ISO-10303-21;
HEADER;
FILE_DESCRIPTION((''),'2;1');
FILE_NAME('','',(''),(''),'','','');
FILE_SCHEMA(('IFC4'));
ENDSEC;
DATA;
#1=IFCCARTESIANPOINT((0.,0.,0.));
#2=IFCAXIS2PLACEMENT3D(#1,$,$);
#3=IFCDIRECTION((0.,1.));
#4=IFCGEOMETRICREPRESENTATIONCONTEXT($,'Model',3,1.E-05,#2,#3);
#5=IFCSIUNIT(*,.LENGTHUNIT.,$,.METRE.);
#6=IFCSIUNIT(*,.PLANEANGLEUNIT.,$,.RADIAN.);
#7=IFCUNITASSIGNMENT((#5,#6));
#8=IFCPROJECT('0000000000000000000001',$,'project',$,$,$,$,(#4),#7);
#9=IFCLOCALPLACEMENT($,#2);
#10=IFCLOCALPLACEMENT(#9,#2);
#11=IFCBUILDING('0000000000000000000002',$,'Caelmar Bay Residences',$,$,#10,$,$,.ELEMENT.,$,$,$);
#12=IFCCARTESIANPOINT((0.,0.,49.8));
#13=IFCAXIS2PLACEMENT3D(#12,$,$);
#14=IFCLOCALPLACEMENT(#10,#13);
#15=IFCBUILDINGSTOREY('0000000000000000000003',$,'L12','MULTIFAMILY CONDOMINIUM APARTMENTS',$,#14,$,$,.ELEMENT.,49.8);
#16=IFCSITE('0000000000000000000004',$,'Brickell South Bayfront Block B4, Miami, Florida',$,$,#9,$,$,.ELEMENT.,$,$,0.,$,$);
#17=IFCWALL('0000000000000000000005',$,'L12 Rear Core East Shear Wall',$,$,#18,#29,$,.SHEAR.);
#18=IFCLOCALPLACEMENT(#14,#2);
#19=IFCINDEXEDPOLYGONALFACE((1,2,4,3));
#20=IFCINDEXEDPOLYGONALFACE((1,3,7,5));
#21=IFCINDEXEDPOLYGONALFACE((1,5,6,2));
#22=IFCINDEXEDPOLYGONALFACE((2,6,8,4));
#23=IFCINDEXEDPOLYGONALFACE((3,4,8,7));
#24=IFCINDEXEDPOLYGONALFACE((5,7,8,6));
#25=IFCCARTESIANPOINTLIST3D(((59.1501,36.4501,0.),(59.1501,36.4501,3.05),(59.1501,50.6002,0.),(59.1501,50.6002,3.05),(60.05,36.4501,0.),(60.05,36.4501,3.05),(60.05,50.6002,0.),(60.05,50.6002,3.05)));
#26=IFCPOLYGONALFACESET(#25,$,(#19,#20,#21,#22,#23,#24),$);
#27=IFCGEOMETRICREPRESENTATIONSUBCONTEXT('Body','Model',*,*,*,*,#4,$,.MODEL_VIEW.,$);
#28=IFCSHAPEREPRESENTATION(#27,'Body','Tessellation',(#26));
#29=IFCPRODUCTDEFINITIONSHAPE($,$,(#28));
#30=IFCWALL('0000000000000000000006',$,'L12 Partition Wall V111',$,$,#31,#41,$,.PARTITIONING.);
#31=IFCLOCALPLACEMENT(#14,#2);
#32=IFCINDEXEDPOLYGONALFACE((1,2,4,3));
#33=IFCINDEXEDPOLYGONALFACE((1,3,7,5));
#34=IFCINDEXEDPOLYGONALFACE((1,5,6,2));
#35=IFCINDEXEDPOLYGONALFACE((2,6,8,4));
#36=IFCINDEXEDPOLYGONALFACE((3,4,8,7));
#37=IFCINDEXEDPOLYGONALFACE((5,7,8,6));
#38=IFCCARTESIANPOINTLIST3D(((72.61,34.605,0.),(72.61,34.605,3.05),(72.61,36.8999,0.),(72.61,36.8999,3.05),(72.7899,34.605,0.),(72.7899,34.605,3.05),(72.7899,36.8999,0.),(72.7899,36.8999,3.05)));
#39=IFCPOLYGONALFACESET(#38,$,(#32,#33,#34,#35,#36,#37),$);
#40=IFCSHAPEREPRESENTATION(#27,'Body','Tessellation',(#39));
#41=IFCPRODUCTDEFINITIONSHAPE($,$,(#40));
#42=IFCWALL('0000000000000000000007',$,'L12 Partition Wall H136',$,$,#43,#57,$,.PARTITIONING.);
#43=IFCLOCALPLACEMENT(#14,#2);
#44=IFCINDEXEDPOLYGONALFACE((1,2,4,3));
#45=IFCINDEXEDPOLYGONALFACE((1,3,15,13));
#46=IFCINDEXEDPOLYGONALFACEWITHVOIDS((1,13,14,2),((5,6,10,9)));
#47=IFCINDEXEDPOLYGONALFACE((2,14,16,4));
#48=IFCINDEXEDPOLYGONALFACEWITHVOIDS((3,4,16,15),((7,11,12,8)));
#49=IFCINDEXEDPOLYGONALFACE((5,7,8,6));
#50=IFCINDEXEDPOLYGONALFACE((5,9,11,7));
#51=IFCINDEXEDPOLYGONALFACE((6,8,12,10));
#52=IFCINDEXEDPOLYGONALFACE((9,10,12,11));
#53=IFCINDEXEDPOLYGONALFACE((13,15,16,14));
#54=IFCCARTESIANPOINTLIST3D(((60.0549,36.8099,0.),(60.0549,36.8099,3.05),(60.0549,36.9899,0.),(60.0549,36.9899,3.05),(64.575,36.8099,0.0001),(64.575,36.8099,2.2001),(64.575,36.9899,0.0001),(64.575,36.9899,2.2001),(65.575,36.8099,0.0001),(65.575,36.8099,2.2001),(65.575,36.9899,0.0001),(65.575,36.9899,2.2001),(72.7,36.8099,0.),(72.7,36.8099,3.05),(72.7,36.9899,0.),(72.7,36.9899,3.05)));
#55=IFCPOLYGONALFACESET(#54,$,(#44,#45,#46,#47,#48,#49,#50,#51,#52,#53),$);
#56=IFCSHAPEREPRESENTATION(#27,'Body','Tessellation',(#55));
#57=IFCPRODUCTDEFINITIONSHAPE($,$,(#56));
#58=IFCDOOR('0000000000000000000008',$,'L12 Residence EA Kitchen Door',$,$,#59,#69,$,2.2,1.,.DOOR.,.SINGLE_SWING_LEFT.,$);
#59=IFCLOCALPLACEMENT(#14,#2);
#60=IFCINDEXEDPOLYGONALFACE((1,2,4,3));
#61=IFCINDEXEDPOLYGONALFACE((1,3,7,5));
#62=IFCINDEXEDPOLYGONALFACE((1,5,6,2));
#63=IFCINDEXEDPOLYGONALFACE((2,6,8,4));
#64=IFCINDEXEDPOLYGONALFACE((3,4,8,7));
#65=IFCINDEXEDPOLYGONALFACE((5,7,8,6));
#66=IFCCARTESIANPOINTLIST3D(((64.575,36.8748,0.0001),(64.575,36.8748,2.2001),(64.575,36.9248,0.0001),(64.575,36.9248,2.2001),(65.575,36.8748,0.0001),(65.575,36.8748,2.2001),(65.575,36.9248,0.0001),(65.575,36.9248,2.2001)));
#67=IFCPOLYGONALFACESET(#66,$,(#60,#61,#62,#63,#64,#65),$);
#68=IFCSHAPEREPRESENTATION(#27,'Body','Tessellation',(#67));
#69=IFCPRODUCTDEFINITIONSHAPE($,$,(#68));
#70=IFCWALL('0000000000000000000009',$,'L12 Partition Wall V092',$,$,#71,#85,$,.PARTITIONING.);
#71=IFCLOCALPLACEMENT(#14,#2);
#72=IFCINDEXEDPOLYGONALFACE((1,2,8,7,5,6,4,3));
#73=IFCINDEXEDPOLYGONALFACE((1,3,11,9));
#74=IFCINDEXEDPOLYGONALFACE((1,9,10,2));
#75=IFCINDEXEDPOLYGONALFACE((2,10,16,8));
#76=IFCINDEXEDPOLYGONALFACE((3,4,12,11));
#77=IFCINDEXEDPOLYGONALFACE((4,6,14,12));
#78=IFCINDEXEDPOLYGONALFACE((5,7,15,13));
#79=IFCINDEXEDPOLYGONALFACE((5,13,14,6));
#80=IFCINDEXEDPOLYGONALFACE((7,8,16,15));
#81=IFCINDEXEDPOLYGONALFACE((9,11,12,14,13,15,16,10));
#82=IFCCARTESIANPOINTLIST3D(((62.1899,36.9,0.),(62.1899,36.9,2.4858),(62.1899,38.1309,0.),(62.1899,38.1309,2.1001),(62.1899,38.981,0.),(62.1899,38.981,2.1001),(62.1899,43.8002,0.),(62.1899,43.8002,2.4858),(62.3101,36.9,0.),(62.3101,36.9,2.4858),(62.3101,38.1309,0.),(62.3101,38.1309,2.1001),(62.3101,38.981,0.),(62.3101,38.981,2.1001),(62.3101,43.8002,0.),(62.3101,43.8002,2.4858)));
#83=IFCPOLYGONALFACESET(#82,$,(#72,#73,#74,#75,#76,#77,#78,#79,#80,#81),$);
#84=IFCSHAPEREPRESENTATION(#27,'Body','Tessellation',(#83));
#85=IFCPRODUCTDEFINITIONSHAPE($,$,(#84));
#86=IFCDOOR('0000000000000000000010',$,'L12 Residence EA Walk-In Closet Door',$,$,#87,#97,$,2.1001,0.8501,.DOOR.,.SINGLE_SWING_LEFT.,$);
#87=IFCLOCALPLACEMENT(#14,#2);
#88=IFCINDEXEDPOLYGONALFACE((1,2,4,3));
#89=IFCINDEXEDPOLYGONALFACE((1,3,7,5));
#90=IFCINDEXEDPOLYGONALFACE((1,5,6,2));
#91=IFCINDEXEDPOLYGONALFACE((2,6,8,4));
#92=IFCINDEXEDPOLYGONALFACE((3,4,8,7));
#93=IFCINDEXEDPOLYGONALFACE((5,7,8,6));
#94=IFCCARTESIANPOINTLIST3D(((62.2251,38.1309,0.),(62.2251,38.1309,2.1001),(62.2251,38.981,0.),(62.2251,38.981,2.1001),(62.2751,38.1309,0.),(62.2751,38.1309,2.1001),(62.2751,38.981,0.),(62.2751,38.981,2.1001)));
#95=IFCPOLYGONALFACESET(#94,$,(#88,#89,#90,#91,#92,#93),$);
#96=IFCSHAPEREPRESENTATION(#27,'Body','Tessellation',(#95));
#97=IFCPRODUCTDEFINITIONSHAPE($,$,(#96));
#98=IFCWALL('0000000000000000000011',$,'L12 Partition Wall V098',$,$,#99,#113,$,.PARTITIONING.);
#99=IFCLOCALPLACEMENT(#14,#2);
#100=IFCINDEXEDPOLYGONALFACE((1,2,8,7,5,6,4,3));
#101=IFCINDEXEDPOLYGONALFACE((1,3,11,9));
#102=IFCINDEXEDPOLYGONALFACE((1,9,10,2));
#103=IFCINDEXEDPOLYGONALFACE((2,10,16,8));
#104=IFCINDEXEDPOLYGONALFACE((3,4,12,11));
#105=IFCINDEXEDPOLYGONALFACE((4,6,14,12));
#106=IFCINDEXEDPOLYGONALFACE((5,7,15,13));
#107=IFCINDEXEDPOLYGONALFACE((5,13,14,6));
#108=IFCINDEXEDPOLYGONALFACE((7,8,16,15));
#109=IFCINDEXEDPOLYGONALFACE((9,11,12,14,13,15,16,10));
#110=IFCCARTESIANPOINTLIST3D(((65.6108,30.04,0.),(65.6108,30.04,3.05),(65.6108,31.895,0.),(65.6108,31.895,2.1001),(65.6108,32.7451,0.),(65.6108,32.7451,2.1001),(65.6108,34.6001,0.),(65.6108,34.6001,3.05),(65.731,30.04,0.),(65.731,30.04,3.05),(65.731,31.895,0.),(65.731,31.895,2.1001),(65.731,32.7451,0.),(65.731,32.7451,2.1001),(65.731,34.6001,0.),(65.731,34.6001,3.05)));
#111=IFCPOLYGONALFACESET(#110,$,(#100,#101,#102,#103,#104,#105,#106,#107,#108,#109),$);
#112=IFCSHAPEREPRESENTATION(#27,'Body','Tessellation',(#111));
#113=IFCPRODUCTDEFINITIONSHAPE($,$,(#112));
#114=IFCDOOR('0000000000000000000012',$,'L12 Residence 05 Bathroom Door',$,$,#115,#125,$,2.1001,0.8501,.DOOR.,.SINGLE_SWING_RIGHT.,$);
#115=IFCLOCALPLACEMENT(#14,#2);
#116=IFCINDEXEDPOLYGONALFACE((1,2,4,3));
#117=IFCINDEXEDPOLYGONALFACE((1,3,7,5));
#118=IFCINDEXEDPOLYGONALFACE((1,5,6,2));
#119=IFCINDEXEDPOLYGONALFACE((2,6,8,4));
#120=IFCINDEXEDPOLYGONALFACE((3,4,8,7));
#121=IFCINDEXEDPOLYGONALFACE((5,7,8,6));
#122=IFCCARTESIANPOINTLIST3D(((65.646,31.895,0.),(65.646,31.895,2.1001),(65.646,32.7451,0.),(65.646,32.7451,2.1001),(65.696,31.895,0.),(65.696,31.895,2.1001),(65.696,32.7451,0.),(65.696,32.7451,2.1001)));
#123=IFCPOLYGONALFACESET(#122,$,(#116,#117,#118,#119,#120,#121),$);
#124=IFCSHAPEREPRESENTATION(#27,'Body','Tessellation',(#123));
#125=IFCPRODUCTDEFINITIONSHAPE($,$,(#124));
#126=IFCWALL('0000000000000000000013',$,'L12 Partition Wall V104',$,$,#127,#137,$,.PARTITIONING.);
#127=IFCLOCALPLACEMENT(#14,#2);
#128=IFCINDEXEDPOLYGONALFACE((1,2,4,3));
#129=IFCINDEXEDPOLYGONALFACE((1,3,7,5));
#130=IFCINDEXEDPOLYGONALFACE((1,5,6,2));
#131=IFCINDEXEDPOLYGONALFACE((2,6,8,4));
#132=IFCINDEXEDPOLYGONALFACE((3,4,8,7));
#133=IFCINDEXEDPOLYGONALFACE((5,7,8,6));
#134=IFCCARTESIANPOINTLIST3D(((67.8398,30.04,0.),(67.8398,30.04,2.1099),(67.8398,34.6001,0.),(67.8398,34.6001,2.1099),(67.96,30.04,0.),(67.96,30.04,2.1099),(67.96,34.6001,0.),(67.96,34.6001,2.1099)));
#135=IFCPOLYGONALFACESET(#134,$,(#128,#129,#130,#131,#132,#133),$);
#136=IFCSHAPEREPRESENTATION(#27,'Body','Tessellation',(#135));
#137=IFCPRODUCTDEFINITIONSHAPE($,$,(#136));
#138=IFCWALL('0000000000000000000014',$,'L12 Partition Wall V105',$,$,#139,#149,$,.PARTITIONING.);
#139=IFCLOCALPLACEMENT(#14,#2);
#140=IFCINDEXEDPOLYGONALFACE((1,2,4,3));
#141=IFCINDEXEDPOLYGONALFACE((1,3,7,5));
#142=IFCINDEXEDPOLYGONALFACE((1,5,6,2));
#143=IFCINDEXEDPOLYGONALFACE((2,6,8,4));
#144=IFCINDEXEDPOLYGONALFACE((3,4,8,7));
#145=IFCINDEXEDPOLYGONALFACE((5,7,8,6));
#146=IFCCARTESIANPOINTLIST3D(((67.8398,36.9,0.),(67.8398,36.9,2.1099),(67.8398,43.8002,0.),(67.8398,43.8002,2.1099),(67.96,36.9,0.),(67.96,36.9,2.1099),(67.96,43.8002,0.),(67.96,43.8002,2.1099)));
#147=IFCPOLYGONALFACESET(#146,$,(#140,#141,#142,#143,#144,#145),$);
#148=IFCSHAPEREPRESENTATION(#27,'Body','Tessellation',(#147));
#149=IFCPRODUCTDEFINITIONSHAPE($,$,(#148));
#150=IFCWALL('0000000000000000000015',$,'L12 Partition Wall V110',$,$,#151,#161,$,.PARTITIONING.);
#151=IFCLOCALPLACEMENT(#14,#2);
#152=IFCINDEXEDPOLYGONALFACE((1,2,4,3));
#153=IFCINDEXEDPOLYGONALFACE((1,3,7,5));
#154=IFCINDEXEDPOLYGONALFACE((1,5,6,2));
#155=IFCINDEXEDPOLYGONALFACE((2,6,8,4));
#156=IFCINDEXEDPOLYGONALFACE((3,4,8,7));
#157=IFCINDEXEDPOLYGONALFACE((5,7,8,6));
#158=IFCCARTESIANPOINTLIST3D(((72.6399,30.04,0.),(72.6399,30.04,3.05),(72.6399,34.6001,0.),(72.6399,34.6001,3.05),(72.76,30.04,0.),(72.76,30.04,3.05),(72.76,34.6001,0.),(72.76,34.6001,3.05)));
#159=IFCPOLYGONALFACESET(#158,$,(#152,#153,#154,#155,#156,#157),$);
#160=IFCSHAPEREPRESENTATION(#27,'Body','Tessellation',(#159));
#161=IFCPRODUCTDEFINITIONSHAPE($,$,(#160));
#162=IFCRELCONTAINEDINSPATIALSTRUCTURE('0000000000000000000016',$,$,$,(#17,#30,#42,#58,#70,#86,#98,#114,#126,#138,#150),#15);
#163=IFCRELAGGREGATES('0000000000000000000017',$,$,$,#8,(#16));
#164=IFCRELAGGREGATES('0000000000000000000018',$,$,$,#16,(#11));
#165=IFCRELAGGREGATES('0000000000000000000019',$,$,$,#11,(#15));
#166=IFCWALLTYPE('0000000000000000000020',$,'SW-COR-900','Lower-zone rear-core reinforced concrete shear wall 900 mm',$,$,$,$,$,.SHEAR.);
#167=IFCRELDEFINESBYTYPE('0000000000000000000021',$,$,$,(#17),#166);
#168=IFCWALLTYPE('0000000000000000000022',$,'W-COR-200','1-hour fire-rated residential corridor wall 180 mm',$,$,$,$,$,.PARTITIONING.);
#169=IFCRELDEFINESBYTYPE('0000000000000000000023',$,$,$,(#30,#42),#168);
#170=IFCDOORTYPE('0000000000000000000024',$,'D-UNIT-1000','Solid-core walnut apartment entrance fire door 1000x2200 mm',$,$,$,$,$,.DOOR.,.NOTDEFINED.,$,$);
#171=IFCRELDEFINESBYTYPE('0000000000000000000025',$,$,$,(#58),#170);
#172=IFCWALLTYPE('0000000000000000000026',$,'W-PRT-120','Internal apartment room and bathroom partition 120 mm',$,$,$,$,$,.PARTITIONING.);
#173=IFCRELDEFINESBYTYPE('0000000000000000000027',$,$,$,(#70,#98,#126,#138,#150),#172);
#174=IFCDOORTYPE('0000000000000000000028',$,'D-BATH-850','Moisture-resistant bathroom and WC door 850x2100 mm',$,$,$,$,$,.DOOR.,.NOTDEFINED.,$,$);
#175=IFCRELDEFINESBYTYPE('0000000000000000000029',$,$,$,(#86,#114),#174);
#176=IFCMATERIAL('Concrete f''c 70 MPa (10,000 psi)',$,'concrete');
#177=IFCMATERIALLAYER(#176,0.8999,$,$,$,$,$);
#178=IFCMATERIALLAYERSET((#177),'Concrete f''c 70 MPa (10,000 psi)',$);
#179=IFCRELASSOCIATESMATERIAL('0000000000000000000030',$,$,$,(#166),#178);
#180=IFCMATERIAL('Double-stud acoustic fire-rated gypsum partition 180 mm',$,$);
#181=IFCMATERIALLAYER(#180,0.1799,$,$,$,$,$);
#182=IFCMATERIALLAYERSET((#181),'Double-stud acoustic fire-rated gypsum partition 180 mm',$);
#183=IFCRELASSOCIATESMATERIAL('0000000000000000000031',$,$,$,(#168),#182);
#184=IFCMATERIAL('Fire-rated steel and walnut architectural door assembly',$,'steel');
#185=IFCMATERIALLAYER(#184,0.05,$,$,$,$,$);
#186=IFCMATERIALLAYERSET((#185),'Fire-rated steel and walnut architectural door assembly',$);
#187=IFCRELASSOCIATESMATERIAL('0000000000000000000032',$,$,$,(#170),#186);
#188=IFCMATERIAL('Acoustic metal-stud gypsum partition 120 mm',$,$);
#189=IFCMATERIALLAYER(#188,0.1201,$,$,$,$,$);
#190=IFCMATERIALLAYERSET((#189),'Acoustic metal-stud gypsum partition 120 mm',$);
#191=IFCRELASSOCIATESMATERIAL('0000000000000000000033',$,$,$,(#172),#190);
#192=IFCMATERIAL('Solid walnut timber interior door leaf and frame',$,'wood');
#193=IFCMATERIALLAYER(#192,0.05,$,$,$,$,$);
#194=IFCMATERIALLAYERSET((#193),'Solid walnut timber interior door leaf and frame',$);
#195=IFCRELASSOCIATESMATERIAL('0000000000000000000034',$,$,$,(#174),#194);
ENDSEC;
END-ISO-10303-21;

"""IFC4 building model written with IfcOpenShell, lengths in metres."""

from ifc_helpers import new_model, si_unit, direction, frame, frame_2d, origin, place, context, subcontext, project, spatial, rectangle, extrude, material, layer, layer_set, type_object, element, fill, save


model = new_model("IFC4")

# Units and contexts
model_context = context("Model", 3, precision=1e-05, world=origin(), true_north=direction((0.0, 1.0)))
body_context = subcontext(model_context, "Body", "Model", "MODEL_VIEW")
ifc_project = project(units=[si_unit("LENGTHUNIT", "METRE"), si_unit("PLANEANGLEUNIT", "RADIAN")], contexts=[model_context])

# Site, building, storey
site_placement = place(None, origin())
site = spatial("IfcSite", under=ifc_project, at=site_placement, Name="Brickell South Bayfront Block B4, Miami, Florida", CompositionType="ELEMENT", RefElevation=0.0)
building_placement = place(site_placement, origin())
building = spatial("IfcBuilding", under=site, at=building_placement, Name="Caelmar Bay Residences", CompositionType="ELEMENT")
storey_placement = place(building_placement, frame((0.0, 0.0, 49.8)))
storey = spatial("IfcBuildingStorey", under=building, at=storey_placement, Name="L12", Description="MULTIFAMILY CONDOMINIUM APARTMENTS", CompositionType="ELEMENT", Elevation=49.8)

# Walls
ifc_material_1 = material(Name="Concrete f'c 70 MPa (10,000 psi)", Category="concrete")
ifc_layer_1 = layer(ifc_material_1, 0.8999)
ifc_layer_set_1 = layer_set([ifc_layer_1], Name="Concrete f'c 70 MPa (10,000 psi)")
wall_type_1 = type_object("IfcWallType", Name="SW-COR-900", Description="Lower-zone rear-core reinforced concrete shear wall 900 mm", PredefinedType="SHEAR", material=ifc_layer_set_1)
wall_1_placement = place(storey_placement, frame((59.6001, 36.45, 0.0), z_axis=(0.0, 0.0, 1.0), x_axis=(0.0, 1.0, 0.0)))
element("IfcWall", 1, at=wall_1_placement, inside=storey, type_object=wall_type_1, Name="L12 Rear Core East Shear Wall", PredefinedType="SHEAR", context=body_context, shape_type="SweptSolid", body=[
    extrude(rectangle(XDim=14.1501, YDim=0.8999, at=frame_2d((7.0752, 0.0))), origin(), (0.0, 0.0, 1.0), 3.05),
])
ifc_material_2 = material(Name="Double-stud acoustic fire-rated gypsum partition 180 mm")
ifc_layer_2 = layer(ifc_material_2, 0.1799)
ifc_layer_set_2 = layer_set([ifc_layer_2], Name="Double-stud acoustic fire-rated gypsum partition 180 mm")
wall_type_2 = type_object("IfcWallType", Name="W-COR-200", Description="1-hour fire-rated residential corridor wall 180 mm", PredefinedType="PARTITIONING", material=ifc_layer_set_2)
wall_2_placement = place(storey_placement, frame((72.7, 34.605, 0.0), z_axis=(0.0, 0.0, 1.0), x_axis=(0.0, 1.0, 0.0)))
element("IfcWall", 2, at=wall_2_placement, inside=storey, type_object=wall_type_2, Name="L12 Partition Wall V111", PredefinedType="PARTITIONING", context=body_context, shape_type="SweptSolid", body=[
    extrude(rectangle(XDim=2.2949, YDim=0.1799, at=frame_2d((1.1475, 0.0))), origin(), (0.0, 0.0, 1.0), 3.05),
])

# Walls, openings, doors
wall_3_placement = place(storey_placement, frame((60.0549, 36.8999, 0.0), z_axis=(0.0, 0.0, 1.0), x_axis=(1.0, 0.0, 0.0)))
wall_3 = element("IfcWall", 3, at=wall_3_placement, inside=storey, type_object=wall_type_2, Name="L12 Partition Wall H136", PredefinedType="PARTITIONING", context=body_context, shape_type="SweptSolid", body=[
    extrude(rectangle(XDim=12.645, YDim=0.1799, at=frame_2d((6.3225, 0.0))), origin(), (0.0, 0.0, 1.0), 3.05),
])
opening_1_placement = place(wall_3_placement, frame((4.52, 0.0, 0.0)))
opening_1 = element("IfcOpeningElement", 4, at=opening_1_placement, cuts=wall_3, PredefinedType="OPENING", context=body_context, shape_type="SweptSolid", body=[
    extrude(rectangle(XDim=1.0, YDim=2.2, at=frame_2d((0.5, 1.1001))), frame((0.0, 0.0999, 0.0), z_axis=(0.0, -1.0, 0.0), x_axis=(1.0, 0.0, 0.0)), (0.0, 0.0, 1.0), 0.2),
])
ifc_material_3 = material(Name="Fire-rated steel and walnut architectural door assembly", Category="steel")
ifc_layer_3 = layer(ifc_material_3, 0.05)
ifc_layer_set_3 = layer_set([ifc_layer_3], Name="Fire-rated steel and walnut architectural door assembly")
door_type_1 = type_object("IfcDoorType", Name="D-UNIT-1000", Description="Solid-core walnut apartment entrance fire door 1000x2200 mm", OperationType="NOTDEFINED", PredefinedType="DOOR", material=ifc_layer_set_3)
door_1_placement = place(opening_1_placement, origin())
door_1 = element("IfcDoor", 5, at=door_1_placement, inside=storey, type_object=door_type_1, Name="L12 Residence EA Kitchen Door", OperationType="SINGLE_SWING_LEFT", OverallHeight=2.2, OverallWidth=1.0, PredefinedType="DOOR", context=body_context, shape_type="SweptSolid", body=[
    extrude(rectangle(XDim=1.0, YDim=2.2, at=frame_2d((0.5, 1.1001))), frame((0.0, 0.0249, 0.0), z_axis=(0.0, -1.0, 0.0), x_axis=(1.0, 0.0, 0.0)), (0.0, 0.0, 1.0), 0.05),
])
fill(opening_1, door_1)
ifc_material_4 = material(Name="Acoustic metal-stud gypsum partition 120 mm")
ifc_layer_4 = layer(ifc_material_4, 0.1201)
ifc_layer_set_4 = layer_set([ifc_layer_4], Name="Acoustic metal-stud gypsum partition 120 mm")
wall_type_3 = type_object("IfcWallType", Name="W-PRT-120", Description="Internal apartment room and bathroom partition 120 mm", PredefinedType="PARTITIONING", material=ifc_layer_set_4)
wall_4_placement = place(storey_placement, frame((62.25, 36.8999, 0.0), z_axis=(0.0, 0.0, 1.0), x_axis=(0.0, 1.0, 0.0)))
wall_4 = element("IfcWall", 6, at=wall_4_placement, inside=storey, type_object=wall_type_3, Name="L12 Partition Wall V092", PredefinedType="PARTITIONING", context=body_context, shape_type="SweptSolid", body=[
    extrude(rectangle(XDim=6.9001, YDim=0.1201, at=frame_2d((3.4502, 0.0))), origin(), (0.0, 0.0, 1.0), 2.4858),
])
opening_2_placement = place(wall_4_placement, frame((1.231, 0.0, 0.0)))
opening_2 = element("IfcOpeningElement", 7, at=opening_2_placement, cuts=wall_4, PredefinedType="OPENING", context=body_context, shape_type="SweptSolid", body=[
    extrude(rectangle(XDim=0.8501, YDim=2.1001, at=frame_2d((0.425, 1.05))), frame((0.0, 0.0701, 0.0), z_axis=(0.0, -1.0, 0.0), x_axis=(1.0, 0.0, 0.0)), (0.0, 0.0, 1.0), 0.1401),
])
ifc_material_5 = material(Name="Solid walnut timber interior door leaf and frame", Category="wood")
ifc_layer_5 = layer(ifc_material_5, 0.05)
ifc_layer_set_5 = layer_set([ifc_layer_5], Name="Solid walnut timber interior door leaf and frame")
door_type_2 = type_object("IfcDoorType", Name="D-BATH-850", Description="Moisture-resistant bathroom and WC door 850x2100 mm", OperationType="NOTDEFINED", PredefinedType="DOOR", material=ifc_layer_set_5)
door_2_placement = place(opening_2_placement, origin())
door_2 = element("IfcDoor", 8, at=door_2_placement, inside=storey, type_object=door_type_2, Name="L12 Residence EA Walk-In Closet Door", OperationType="SINGLE_SWING_LEFT", OverallHeight=2.1001, OverallWidth=0.8501, PredefinedType="DOOR", context=body_context, shape_type="SweptSolid", body=[
    extrude(rectangle(XDim=0.8501, YDim=2.1001, at=frame_2d((0.425, 1.05))), frame((0.0, 0.0249, 0.0), z_axis=(0.0, -1.0, 0.0), x_axis=(1.0, 0.0, 0.0)), (0.0, 0.0, 1.0), 0.05),
])
fill(opening_2, door_2)
wall_5_placement = place(storey_placement, frame((65.6709, 30.04, 0.0), z_axis=(0.0, 0.0, 1.0), x_axis=(0.0, 1.0, 0.0)))
wall_5 = element("IfcWall", 9, at=wall_5_placement, inside=storey, type_object=wall_type_3, Name="L12 Partition Wall V098", PredefinedType="PARTITIONING", context=body_context, shape_type="SweptSolid", body=[
    extrude(rectangle(XDim=4.5601, YDim=0.1201, at=frame_2d((2.28, 0.0))), origin(), (0.0, 0.0, 1.0), 3.05),
])
opening_3_placement = place(wall_5_placement, frame((1.855, 0.0, 0.0)))
opening_3 = element("IfcOpeningElement", 10, at=opening_3_placement, cuts=wall_5, PredefinedType="OPENING", context=body_context, shape_type="SweptSolid", body=[
    extrude(rectangle(XDim=0.8501, YDim=2.1001, at=frame_2d((0.425, 1.05))), frame((0.0, 0.0701, 0.0), z_axis=(0.0, -1.0, 0.0), x_axis=(1.0, 0.0, 0.0)), (0.0, 0.0, 1.0), 0.1401),
])
door_3_placement = place(opening_3_placement, origin())
door_3 = element("IfcDoor", 11, at=door_3_placement, inside=storey, type_object=door_type_2, Name="L12 Residence 05 Bathroom Door", OperationType="SINGLE_SWING_RIGHT", OverallHeight=2.1001, OverallWidth=0.8501, PredefinedType="DOOR", context=body_context, shape_type="SweptSolid", body=[
    extrude(rectangle(XDim=0.8501, YDim=2.1001, at=frame_2d((0.425, 1.05))), frame((0.0, 0.0249, 0.0), z_axis=(0.0, -1.0, 0.0), x_axis=(1.0, 0.0, 0.0)), (0.0, 0.0, 1.0), 0.05),
])
fill(opening_3, door_3)

# Walls
wall_6_placement = place(storey_placement, frame((67.8999, 30.04, 0.0), z_axis=(0.0, 0.0, 1.0), x_axis=(0.0, 1.0, 0.0)))
element("IfcWall", 12, at=wall_6_placement, inside=storey, type_object=wall_type_3, Name="L12 Partition Wall V104", PredefinedType="PARTITIONING", context=body_context, shape_type="SweptSolid", body=[
    extrude(rectangle(XDim=4.5601, YDim=0.1201, at=frame_2d((2.28, 0.0))), origin(), (0.0, 0.0, 1.0), 2.1099),
])
wall_7_placement = place(storey_placement, frame((67.8999, 36.8999, 0.0), z_axis=(0.0, 0.0, 1.0), x_axis=(0.0, 1.0, 0.0)))
element("IfcWall", 13, at=wall_7_placement, inside=storey, type_object=wall_type_3, Name="L12 Partition Wall V105", PredefinedType="PARTITIONING", context=body_context, shape_type="SweptSolid", body=[
    extrude(rectangle(XDim=6.9001, YDim=0.1201, at=frame_2d((3.4502, 0.0))), origin(), (0.0, 0.0, 1.0), 2.1099),
])
wall_8_placement = place(storey_placement, frame((72.7, 30.04, 0.0), z_axis=(0.0, 0.0, 1.0), x_axis=(0.0, 1.0, 0.0)))
element("IfcWall", 14, at=wall_8_placement, inside=storey, type_object=wall_type_3, Name="L12 Partition Wall V110", PredefinedType="PARTITIONING", context=body_context, shape_type="SweptSolid", body=[
    extrude(rectangle(XDim=4.5601, YDim=0.1201, at=frame_2d((2.28, 0.0))), origin(), (0.0, 0.0, 1.0), 3.05),
])

save(model, "model.ifc")
